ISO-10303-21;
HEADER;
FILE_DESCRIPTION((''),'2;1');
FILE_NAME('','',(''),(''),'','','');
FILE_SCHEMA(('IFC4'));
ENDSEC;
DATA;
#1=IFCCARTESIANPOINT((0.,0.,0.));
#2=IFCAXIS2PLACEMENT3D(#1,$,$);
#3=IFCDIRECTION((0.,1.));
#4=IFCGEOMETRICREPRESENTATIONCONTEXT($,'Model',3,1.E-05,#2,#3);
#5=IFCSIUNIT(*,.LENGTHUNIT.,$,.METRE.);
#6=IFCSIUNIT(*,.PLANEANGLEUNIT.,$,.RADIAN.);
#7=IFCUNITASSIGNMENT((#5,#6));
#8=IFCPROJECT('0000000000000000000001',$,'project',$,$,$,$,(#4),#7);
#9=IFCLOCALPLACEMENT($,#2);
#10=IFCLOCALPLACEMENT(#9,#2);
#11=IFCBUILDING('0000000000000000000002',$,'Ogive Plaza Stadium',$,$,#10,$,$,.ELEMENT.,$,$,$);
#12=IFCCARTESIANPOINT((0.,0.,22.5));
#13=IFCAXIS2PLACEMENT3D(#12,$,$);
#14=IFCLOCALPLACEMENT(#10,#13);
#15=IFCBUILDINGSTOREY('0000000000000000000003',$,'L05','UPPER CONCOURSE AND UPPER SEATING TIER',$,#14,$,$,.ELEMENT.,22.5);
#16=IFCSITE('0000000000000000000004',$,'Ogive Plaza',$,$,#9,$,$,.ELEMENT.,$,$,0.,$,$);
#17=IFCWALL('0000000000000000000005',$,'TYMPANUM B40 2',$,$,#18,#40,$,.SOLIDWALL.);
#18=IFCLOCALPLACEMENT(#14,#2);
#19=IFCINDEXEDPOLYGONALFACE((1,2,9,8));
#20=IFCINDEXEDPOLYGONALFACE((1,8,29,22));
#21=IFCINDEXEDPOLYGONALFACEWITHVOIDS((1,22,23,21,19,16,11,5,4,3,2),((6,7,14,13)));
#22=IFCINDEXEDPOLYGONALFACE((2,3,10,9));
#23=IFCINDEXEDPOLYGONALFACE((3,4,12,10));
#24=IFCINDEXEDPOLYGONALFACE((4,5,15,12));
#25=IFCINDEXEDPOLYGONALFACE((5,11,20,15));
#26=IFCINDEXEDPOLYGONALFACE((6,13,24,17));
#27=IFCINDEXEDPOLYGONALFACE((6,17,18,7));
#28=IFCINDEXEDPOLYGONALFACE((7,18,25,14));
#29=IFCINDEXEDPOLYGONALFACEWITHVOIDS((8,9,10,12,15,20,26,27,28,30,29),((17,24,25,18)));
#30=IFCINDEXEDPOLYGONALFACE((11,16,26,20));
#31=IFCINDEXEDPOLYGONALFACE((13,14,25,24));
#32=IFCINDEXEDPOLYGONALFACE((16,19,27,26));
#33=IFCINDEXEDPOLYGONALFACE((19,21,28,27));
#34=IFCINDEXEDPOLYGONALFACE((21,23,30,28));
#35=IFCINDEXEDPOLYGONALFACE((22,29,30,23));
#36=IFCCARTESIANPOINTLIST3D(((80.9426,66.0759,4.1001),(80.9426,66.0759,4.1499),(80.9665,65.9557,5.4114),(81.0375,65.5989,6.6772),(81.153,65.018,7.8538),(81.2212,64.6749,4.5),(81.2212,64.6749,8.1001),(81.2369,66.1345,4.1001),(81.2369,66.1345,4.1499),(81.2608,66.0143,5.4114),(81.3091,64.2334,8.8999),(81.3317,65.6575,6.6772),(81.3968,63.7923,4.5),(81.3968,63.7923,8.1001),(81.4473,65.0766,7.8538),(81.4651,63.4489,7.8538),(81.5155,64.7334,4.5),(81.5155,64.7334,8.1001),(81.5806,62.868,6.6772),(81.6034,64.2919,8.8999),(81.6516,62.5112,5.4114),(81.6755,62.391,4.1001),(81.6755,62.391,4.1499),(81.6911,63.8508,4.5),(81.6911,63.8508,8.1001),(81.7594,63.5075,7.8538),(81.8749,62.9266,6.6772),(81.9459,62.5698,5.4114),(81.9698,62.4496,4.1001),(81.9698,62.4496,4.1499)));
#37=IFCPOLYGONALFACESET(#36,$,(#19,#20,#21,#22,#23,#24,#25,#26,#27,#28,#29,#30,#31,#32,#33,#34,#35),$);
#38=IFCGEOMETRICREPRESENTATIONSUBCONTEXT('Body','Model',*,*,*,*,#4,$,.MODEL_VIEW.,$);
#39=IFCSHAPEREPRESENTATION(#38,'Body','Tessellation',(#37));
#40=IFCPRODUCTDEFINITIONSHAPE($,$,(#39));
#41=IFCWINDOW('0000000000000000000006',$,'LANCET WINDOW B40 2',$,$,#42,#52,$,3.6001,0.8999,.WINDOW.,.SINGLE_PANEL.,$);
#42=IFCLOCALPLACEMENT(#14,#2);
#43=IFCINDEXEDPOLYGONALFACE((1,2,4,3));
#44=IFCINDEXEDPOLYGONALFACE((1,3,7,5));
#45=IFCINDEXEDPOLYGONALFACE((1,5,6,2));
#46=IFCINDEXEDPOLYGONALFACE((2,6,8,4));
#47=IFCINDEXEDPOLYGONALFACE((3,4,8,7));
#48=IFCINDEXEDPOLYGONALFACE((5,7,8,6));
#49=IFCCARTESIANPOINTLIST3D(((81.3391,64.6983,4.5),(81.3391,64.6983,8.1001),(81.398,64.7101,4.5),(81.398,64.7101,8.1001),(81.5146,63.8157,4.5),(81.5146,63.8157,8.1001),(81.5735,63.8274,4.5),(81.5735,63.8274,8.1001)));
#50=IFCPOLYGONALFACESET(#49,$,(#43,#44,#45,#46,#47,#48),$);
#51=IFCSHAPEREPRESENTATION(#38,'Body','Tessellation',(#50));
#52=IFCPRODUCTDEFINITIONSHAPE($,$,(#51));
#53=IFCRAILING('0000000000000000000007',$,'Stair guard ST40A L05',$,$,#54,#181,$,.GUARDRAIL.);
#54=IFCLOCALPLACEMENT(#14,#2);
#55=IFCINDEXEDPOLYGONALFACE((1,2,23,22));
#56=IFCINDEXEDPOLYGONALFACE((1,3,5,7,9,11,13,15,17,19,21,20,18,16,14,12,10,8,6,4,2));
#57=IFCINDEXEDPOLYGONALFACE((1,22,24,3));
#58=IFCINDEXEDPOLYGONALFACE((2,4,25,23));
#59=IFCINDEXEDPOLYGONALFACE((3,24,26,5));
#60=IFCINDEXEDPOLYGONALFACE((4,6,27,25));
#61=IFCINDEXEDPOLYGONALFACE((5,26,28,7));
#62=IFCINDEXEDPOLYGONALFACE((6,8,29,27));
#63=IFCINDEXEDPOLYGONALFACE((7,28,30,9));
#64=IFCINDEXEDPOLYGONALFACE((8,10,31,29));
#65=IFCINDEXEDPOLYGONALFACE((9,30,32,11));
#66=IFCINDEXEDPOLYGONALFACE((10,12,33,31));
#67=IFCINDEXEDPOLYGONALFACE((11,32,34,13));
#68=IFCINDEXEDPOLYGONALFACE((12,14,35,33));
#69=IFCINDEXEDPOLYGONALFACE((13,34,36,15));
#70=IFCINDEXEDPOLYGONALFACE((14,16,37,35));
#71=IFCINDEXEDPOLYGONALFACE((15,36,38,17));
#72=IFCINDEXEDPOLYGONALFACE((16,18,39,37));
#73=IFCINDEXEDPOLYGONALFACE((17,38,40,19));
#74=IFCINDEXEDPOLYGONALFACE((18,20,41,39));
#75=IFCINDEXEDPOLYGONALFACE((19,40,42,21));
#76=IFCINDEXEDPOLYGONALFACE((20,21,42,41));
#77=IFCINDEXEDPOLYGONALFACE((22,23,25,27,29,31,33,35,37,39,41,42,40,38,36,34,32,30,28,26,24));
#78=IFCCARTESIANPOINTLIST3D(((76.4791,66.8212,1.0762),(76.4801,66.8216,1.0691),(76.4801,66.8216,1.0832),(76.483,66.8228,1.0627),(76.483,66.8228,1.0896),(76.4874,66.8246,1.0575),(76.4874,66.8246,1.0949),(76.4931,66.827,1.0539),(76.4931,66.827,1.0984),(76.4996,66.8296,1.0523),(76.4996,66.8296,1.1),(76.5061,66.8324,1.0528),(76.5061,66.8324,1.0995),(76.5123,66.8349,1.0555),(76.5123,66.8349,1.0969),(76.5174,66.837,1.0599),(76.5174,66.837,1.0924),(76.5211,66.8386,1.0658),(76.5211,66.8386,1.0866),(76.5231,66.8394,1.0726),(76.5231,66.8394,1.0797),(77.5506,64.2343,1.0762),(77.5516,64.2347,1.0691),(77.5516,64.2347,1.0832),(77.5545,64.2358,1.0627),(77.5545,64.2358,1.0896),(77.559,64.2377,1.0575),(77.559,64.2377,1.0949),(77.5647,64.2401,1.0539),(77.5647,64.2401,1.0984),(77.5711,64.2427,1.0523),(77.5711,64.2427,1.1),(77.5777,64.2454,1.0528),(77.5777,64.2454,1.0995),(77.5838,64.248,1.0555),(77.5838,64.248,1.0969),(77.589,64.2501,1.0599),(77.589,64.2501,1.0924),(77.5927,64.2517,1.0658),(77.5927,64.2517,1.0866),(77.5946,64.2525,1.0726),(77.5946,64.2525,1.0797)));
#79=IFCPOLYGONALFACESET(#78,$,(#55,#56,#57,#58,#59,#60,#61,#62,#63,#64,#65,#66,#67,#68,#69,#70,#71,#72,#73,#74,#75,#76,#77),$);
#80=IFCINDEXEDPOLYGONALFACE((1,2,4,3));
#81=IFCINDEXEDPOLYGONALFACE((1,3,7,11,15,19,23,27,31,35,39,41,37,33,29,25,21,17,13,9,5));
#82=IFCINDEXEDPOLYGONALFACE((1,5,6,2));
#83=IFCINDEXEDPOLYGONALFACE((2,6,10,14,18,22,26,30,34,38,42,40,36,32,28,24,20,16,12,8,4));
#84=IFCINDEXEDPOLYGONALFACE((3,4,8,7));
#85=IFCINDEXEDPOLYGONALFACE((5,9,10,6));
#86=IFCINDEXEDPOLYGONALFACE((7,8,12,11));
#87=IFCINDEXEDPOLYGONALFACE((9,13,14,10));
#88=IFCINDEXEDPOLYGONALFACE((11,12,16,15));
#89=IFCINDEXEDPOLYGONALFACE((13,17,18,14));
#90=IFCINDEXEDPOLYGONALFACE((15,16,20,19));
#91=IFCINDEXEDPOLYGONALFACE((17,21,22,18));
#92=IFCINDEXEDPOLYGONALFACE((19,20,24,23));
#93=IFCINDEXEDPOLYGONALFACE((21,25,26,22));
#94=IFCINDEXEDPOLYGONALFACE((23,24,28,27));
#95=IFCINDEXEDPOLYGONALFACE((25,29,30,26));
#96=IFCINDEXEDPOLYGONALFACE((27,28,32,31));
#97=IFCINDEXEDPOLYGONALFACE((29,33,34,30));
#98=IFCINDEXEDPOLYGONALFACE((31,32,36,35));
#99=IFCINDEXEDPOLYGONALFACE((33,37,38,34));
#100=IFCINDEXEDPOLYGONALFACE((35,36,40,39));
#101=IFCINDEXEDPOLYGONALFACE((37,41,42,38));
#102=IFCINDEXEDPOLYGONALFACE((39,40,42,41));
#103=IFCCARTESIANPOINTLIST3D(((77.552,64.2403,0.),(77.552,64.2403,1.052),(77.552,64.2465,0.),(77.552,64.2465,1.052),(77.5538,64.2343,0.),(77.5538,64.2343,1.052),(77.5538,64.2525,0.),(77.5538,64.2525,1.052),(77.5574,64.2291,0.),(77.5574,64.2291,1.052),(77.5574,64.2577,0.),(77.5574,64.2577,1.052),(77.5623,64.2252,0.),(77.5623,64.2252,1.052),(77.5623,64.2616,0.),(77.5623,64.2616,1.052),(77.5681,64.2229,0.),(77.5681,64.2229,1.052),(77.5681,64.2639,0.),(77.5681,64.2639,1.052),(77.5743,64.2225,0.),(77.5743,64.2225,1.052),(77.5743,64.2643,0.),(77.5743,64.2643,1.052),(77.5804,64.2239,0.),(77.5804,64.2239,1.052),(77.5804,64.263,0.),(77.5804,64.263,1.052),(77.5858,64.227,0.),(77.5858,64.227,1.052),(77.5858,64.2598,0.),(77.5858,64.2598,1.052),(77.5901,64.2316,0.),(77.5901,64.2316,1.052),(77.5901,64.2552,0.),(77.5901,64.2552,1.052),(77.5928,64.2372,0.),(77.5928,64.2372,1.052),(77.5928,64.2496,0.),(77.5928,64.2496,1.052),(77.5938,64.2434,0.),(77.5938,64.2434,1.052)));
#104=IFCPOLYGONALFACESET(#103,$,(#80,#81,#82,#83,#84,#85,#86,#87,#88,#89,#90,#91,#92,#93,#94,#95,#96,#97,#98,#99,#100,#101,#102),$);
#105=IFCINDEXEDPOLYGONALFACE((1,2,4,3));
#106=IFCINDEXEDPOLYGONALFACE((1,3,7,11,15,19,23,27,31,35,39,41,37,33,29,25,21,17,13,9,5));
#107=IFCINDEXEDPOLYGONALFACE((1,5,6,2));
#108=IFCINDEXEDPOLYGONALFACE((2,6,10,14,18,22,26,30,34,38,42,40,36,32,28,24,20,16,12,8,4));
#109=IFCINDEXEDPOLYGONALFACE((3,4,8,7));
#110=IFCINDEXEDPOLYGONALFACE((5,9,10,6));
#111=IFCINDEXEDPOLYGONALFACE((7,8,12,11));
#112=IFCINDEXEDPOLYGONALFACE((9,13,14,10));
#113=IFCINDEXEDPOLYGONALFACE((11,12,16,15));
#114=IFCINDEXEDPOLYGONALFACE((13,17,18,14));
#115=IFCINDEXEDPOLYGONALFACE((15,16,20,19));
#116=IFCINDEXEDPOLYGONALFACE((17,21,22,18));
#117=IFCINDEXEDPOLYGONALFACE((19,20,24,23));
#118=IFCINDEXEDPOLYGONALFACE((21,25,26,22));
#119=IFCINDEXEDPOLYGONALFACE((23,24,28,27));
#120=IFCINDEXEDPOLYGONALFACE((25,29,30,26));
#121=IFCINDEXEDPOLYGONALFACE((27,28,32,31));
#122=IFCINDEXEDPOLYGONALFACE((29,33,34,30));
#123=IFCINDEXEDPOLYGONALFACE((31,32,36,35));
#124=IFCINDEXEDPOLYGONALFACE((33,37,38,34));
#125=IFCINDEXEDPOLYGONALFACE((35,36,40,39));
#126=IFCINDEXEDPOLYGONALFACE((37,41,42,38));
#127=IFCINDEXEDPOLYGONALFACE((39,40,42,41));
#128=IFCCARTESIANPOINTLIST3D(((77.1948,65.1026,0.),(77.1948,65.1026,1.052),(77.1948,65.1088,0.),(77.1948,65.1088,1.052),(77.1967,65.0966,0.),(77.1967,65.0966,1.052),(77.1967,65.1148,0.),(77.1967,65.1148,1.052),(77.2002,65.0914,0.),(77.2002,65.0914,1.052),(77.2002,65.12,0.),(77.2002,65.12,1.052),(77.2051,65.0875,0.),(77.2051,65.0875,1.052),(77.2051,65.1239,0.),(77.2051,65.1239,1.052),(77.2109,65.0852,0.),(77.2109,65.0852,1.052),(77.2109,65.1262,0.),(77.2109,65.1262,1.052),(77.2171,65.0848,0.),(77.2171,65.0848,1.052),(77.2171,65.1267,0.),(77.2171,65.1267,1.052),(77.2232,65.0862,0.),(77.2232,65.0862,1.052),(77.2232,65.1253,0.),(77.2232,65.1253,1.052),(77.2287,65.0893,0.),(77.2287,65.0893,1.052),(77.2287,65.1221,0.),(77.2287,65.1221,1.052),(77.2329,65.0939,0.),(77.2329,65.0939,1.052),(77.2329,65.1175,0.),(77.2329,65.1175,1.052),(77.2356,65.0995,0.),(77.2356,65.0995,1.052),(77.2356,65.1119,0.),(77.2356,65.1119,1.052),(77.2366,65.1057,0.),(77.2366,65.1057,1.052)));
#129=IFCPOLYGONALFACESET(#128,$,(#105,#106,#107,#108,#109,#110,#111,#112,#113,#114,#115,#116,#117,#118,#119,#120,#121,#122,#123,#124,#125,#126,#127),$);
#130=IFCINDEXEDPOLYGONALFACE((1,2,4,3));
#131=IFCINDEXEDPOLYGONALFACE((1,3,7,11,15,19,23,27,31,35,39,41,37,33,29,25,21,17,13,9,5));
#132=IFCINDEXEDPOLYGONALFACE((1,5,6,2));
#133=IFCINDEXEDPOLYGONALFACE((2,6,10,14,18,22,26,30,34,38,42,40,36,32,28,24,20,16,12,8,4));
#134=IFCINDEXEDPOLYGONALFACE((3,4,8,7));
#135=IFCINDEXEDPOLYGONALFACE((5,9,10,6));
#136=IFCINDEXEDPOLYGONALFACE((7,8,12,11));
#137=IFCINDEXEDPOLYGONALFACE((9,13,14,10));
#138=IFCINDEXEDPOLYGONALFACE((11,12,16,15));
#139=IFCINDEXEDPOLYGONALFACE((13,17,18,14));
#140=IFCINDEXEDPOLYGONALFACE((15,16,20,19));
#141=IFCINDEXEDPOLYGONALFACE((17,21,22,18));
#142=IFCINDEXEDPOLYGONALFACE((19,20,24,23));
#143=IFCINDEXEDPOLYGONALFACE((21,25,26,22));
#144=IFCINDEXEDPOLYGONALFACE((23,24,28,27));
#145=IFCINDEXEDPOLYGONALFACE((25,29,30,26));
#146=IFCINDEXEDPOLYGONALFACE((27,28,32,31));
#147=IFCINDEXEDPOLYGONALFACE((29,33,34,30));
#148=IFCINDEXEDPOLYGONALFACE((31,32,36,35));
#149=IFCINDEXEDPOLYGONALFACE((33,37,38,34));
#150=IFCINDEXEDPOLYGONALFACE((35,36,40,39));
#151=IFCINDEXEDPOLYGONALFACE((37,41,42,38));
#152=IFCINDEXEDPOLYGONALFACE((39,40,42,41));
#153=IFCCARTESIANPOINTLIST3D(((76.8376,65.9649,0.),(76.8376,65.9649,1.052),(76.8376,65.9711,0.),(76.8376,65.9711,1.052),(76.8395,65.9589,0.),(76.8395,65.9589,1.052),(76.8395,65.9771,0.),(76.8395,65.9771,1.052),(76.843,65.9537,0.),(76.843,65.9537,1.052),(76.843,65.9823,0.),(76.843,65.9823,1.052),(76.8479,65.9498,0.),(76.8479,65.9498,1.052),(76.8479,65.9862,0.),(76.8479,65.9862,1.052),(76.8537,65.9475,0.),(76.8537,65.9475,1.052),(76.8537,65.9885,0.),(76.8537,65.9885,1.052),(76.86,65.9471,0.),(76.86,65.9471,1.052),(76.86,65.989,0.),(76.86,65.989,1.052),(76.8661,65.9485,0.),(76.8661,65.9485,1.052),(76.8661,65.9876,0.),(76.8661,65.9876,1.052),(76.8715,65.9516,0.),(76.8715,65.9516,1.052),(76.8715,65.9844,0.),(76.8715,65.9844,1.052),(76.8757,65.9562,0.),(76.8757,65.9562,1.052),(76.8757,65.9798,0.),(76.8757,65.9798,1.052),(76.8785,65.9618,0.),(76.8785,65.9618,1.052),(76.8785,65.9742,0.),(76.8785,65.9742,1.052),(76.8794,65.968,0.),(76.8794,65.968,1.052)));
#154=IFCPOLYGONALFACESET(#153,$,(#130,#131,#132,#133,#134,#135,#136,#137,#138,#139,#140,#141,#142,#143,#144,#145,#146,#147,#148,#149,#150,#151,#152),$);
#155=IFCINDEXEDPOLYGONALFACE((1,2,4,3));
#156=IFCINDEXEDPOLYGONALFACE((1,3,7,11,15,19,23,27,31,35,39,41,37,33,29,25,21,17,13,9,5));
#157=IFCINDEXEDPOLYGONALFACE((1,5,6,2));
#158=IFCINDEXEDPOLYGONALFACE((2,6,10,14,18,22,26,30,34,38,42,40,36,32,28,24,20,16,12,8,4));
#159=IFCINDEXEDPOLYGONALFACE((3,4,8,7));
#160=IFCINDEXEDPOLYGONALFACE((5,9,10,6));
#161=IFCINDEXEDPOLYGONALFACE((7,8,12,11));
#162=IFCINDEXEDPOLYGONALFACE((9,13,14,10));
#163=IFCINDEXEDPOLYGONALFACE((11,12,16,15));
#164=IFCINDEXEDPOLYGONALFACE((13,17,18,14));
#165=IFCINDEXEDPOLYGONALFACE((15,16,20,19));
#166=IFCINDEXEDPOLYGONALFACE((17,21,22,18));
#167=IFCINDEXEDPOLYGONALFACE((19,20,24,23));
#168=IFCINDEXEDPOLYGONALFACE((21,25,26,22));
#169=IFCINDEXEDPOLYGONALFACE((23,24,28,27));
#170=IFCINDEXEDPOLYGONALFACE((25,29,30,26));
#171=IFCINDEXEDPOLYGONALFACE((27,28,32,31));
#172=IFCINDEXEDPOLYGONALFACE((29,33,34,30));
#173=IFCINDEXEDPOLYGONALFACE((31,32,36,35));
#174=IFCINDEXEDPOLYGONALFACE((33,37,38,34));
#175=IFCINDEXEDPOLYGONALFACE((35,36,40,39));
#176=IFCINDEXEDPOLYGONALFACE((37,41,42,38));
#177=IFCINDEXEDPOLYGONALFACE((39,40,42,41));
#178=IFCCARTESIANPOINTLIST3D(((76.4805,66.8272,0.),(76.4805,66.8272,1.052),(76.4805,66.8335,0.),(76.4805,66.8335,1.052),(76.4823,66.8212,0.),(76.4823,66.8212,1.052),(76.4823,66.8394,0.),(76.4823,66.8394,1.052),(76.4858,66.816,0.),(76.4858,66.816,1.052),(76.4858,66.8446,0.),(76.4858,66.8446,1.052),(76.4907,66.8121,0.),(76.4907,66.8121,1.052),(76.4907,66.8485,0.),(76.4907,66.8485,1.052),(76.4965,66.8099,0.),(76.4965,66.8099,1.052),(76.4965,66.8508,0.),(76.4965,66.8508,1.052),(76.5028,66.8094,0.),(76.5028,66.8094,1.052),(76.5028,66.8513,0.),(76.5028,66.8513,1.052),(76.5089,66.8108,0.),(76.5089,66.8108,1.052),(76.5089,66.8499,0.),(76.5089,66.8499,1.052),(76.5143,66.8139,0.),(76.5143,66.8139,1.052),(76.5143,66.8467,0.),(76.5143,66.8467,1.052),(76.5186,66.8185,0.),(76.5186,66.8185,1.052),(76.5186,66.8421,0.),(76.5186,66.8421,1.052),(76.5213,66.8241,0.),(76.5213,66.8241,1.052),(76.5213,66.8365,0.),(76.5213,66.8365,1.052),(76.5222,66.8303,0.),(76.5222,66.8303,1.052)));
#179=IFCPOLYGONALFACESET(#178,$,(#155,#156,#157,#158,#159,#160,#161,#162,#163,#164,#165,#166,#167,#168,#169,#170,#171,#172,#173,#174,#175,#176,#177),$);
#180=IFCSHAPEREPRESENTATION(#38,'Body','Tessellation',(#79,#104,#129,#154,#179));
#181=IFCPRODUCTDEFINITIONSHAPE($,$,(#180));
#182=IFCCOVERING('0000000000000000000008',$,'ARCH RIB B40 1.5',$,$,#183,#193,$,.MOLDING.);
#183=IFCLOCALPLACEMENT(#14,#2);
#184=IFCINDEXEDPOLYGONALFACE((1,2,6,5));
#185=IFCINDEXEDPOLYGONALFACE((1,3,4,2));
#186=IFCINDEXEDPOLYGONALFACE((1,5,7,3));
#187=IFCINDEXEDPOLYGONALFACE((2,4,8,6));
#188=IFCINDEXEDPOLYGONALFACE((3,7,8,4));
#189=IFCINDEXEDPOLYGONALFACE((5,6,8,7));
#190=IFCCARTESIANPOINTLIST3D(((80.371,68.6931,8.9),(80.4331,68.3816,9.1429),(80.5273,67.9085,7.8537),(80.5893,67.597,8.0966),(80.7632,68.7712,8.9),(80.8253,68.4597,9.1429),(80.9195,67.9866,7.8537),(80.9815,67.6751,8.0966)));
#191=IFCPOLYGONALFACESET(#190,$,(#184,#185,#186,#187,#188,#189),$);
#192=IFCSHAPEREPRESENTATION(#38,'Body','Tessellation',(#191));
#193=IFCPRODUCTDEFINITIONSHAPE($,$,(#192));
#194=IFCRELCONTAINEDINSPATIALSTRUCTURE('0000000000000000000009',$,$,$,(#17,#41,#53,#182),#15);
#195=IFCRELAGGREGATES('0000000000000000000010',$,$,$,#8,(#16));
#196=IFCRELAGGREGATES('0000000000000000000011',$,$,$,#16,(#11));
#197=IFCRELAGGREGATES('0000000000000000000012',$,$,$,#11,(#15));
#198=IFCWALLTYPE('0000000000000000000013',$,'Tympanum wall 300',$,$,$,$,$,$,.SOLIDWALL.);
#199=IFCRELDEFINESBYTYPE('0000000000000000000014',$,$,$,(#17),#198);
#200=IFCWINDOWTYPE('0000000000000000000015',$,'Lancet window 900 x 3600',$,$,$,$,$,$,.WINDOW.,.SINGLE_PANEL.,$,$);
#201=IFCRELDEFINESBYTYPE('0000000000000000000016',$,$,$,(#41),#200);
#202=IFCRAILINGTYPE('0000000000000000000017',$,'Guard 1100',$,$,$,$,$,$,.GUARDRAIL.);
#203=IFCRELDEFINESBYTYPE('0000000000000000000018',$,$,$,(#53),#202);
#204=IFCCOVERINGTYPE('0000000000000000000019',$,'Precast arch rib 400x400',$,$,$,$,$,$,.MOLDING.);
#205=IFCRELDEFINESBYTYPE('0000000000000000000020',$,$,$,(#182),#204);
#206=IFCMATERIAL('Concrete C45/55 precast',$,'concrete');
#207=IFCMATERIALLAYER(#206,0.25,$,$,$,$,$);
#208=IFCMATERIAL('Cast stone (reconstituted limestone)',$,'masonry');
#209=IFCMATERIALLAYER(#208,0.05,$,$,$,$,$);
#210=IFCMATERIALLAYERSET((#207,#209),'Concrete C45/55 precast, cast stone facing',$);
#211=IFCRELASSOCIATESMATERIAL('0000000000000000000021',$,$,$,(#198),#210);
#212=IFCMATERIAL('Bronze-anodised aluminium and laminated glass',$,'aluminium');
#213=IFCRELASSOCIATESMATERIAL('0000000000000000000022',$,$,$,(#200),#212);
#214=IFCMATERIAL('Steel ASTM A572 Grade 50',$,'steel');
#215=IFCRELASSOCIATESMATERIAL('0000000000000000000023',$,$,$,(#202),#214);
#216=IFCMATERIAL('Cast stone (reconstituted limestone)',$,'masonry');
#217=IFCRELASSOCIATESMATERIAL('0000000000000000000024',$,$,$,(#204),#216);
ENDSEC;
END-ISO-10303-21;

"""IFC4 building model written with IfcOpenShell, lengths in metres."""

from ifc_helpers import new_model, si_unit, direction, frame, frame_2d, origin, origin_2d, place, context, subcontext, project, spatial, polyline, rectangle, circle, outline, extrude, material, layer, layer_set, material_profile, profile_set, type_object, element, fill, save


model = new_model("IFC4")

# Units and contexts
model_context = context("Model", 3, precision=1e-05, world=origin(), true_north=direction((0.0, 1.0)))
body_context = subcontext(model_context, "Body", "Model", "MODEL_VIEW")
ifc_project = project(units=[si_unit("LENGTHUNIT", "METRE"), si_unit("PLANEANGLEUNIT", "RADIAN")], contexts=[model_context])

# Site, building, storey
site_placement = place(None, origin())
site = spatial("IfcSite", under=ifc_project, at=site_placement, Name="Ogive Plaza", CompositionType="ELEMENT", RefElevation=0.0)
building_placement = place(site_placement, origin())
building = spatial("IfcBuilding", under=site, at=building_placement, Name="Ogive Plaza Stadium", CompositionType="ELEMENT")
storey_placement = place(building_placement, frame((0.0, 0.0, 22.5)))
storey = spatial("IfcBuildingStorey", under=building, at=storey_placement, Name="L05", Description="UPPER CONCOURSE AND UPPER SEATING TIER", CompositionType="ELEMENT", Elevation=22.5)

# Wall, opening, window
ifc_material_1 = material(Name="Concrete C45/55 precast", Category="concrete")
ifc_layer_1 = layer(ifc_material_1, 0.25)
ifc_material_2 = material(Name="Cast stone (reconstituted limestone)", Category="masonry")
ifc_layer_2 = layer(ifc_material_2, 0.05)
ifc_layer_set_1 = layer_set([ifc_layer_1, ifc_layer_2], Name="Concrete C45/55 precast, cast stone facing")
wall_type_1 = type_object("IfcWallType", Name="Tympanum wall 300", PredefinedType="SOLIDWALL", material=ifc_layer_set_1)
wall_1_placement = place(storey_placement, frame((81.0898, 66.1052, 4.1001), z_axis=(0.0, 0.0, 1.0), x_axis=(0.195079, -0.980788, 0.0)))
wall_1 = element("IfcWall", 1, at=wall_1_placement, inside=storey, type_object=wall_type_1, Name="TYMPANUM B40 2", PredefinedType="SOLIDWALL", context=body_context, shape_type="SweptSolid", body=[
    extrude(outline(polyline([(0.0, 0.0), (3.7571, 0.0), (3.7571, 0.0498), (3.6345, 1.3113), (3.2708, 2.5771), (2.6785, 3.7537), (1.8787, 4.7998), (1.0786, 3.7537), (0.4863, 2.5771), (0.1226, 1.3113), (0.0, 0.0498), (0.0, 0.0)])), frame((0.0, 0.1499, 0.0), z_axis=(0.0, -1.0, 0.0), x_axis=(1.0, 0.0, 0.0)), (0.0, 0.0, 1.0), 0.3),
])
opening_placement = place(wall_1_placement, frame((1.4285, 0.0, 0.3999)))
opening = element("IfcOpeningElement", 2, at=opening_placement, cuts=wall_1, PredefinedType="OPENING", context=body_context, shape_type="SweptSolid", body=[
    extrude(rectangle(XDim=0.8999, YDim=3.6001, at=frame_2d((0.45, 1.8))), frame((0.0, 0.1602, 0.0), z_axis=(0.0, -1.0, 0.0), x_axis=(1.0, 0.0, 0.0)), (0.0, 0.0, 1.0), 0.3201),
])
ifc_material_3 = material(Name="Bronze-anodised aluminium and laminated glass", Category="aluminium")
window_type = type_object("IfcWindowType", Name="Lancet window 900 x 3600", PartitioningType="SINGLE_PANEL", PredefinedType="WINDOW", material=ifc_material_3)
window_placement = place(opening_placement, origin())
window = element("IfcWindow", 3, at=window_placement, inside=storey, type_object=window_type, Name="LANCET WINDOW B40 2", OverallHeight=3.6001, OverallWidth=0.8999, PartitioningType="SINGLE_PANEL", PredefinedType="WINDOW", context=body_context, shape_type="SweptSolid", body=[
    extrude(rectangle(XDim=0.8999, YDim=3.6001, at=frame_2d((0.45, 1.8))), frame((0.0, 0.03, 0.0), z_axis=(0.0, -1.0, 0.0), x_axis=(1.0, 0.0, 0.0)), (0.0, 0.0, 1.0), 0.0601),
])
fill(opening, window)

# Railing
ifc_material_4 = material(Name="Steel ASTM A572 Grade 50", Category="steel")
railing_type = type_object("IfcRailingType", Name="Guard 1100", PredefinedType="GUARDRAIL", material=ifc_material_4)
railing_placement = place(storey_placement, frame((77.5728, 64.2434, 0.0)))
element("IfcRailing", 4, at=railing_placement, inside=storey, type_object=railing_type, Name="Stair guard ST40A L05", PredefinedType="GUARDRAIL", context=body_context, shape_type="SweptSolid", body=[
    extrude(circle(Radius=0.0239, at=origin_2d()), frame((0.0, 0.0, 1.0762), z_axis=(-0.382683, 0.92388, 0.0), x_axis=(-0.92388, -0.382683, 0.0)), (0.0, 0.0, 1.0), 2.8),
    extrude(circle(Radius=0.021, at=origin_2d()), origin(), (0.0, 0.0, 1.0), 1.052),
    extrude(circle(Radius=0.021, at=origin_2d()), frame((-0.3572, 0.8623, 0.0)), (0.0, 0.0, 1.0), 1.052),
    extrude(circle(Radius=0.021, at=origin_2d()), frame((-0.7144, 1.7246, 0.0)), (0.0, 0.0, 1.0), 1.052),
    extrude(circle(Radius=0.021, at=origin_2d()), frame((-1.0715, 2.5869, 0.0)), (0.0, 0.0, 1.0), 1.052),
])

# Covering
ifc_material_5 = material(Name="Cast stone (reconstituted limestone)", Category="masonry")
ifc_material_profile_1 = material_profile(ifc_material_5, rectangle(XDim=0.3999, YDim=0.3999, at=origin_2d()), Name="Cast stone 400x400")
ifc_profile_set_1 = profile_set([ifc_material_profile_1], Name="Cast stone (reconstituted limestone)")
covering_type_1 = type_object("IfcCoveringType", Name="Precast arch rib 400x400", PredefinedType="MOLDING", material=ifc_profile_set_1)
for number, where, z_axis, x_axis, name in (
    (5, (80.5981, 68.5764, 9.0215), (0.118622, -0.595704, -0.794396), (0.980745, 0.195295, 0.0), "ARCH RIB B40 1.5"),
):
    element("IfcCovering", number, at=place(storey_placement, frame(where, z_axis=z_axis, x_axis=x_axis)), inside=storey, type_object=covering_type_1, Name=name, PredefinedType="MOLDING", context=body_context, shape_type="SweptSolid", body=[
        extrude(rectangle(XDim=0.3999, YDim=0.3999, at=origin_2d()), origin(), (0.0, 0.0, 1.0), 1.3171),
    ])

save(model, "model.ifc")
